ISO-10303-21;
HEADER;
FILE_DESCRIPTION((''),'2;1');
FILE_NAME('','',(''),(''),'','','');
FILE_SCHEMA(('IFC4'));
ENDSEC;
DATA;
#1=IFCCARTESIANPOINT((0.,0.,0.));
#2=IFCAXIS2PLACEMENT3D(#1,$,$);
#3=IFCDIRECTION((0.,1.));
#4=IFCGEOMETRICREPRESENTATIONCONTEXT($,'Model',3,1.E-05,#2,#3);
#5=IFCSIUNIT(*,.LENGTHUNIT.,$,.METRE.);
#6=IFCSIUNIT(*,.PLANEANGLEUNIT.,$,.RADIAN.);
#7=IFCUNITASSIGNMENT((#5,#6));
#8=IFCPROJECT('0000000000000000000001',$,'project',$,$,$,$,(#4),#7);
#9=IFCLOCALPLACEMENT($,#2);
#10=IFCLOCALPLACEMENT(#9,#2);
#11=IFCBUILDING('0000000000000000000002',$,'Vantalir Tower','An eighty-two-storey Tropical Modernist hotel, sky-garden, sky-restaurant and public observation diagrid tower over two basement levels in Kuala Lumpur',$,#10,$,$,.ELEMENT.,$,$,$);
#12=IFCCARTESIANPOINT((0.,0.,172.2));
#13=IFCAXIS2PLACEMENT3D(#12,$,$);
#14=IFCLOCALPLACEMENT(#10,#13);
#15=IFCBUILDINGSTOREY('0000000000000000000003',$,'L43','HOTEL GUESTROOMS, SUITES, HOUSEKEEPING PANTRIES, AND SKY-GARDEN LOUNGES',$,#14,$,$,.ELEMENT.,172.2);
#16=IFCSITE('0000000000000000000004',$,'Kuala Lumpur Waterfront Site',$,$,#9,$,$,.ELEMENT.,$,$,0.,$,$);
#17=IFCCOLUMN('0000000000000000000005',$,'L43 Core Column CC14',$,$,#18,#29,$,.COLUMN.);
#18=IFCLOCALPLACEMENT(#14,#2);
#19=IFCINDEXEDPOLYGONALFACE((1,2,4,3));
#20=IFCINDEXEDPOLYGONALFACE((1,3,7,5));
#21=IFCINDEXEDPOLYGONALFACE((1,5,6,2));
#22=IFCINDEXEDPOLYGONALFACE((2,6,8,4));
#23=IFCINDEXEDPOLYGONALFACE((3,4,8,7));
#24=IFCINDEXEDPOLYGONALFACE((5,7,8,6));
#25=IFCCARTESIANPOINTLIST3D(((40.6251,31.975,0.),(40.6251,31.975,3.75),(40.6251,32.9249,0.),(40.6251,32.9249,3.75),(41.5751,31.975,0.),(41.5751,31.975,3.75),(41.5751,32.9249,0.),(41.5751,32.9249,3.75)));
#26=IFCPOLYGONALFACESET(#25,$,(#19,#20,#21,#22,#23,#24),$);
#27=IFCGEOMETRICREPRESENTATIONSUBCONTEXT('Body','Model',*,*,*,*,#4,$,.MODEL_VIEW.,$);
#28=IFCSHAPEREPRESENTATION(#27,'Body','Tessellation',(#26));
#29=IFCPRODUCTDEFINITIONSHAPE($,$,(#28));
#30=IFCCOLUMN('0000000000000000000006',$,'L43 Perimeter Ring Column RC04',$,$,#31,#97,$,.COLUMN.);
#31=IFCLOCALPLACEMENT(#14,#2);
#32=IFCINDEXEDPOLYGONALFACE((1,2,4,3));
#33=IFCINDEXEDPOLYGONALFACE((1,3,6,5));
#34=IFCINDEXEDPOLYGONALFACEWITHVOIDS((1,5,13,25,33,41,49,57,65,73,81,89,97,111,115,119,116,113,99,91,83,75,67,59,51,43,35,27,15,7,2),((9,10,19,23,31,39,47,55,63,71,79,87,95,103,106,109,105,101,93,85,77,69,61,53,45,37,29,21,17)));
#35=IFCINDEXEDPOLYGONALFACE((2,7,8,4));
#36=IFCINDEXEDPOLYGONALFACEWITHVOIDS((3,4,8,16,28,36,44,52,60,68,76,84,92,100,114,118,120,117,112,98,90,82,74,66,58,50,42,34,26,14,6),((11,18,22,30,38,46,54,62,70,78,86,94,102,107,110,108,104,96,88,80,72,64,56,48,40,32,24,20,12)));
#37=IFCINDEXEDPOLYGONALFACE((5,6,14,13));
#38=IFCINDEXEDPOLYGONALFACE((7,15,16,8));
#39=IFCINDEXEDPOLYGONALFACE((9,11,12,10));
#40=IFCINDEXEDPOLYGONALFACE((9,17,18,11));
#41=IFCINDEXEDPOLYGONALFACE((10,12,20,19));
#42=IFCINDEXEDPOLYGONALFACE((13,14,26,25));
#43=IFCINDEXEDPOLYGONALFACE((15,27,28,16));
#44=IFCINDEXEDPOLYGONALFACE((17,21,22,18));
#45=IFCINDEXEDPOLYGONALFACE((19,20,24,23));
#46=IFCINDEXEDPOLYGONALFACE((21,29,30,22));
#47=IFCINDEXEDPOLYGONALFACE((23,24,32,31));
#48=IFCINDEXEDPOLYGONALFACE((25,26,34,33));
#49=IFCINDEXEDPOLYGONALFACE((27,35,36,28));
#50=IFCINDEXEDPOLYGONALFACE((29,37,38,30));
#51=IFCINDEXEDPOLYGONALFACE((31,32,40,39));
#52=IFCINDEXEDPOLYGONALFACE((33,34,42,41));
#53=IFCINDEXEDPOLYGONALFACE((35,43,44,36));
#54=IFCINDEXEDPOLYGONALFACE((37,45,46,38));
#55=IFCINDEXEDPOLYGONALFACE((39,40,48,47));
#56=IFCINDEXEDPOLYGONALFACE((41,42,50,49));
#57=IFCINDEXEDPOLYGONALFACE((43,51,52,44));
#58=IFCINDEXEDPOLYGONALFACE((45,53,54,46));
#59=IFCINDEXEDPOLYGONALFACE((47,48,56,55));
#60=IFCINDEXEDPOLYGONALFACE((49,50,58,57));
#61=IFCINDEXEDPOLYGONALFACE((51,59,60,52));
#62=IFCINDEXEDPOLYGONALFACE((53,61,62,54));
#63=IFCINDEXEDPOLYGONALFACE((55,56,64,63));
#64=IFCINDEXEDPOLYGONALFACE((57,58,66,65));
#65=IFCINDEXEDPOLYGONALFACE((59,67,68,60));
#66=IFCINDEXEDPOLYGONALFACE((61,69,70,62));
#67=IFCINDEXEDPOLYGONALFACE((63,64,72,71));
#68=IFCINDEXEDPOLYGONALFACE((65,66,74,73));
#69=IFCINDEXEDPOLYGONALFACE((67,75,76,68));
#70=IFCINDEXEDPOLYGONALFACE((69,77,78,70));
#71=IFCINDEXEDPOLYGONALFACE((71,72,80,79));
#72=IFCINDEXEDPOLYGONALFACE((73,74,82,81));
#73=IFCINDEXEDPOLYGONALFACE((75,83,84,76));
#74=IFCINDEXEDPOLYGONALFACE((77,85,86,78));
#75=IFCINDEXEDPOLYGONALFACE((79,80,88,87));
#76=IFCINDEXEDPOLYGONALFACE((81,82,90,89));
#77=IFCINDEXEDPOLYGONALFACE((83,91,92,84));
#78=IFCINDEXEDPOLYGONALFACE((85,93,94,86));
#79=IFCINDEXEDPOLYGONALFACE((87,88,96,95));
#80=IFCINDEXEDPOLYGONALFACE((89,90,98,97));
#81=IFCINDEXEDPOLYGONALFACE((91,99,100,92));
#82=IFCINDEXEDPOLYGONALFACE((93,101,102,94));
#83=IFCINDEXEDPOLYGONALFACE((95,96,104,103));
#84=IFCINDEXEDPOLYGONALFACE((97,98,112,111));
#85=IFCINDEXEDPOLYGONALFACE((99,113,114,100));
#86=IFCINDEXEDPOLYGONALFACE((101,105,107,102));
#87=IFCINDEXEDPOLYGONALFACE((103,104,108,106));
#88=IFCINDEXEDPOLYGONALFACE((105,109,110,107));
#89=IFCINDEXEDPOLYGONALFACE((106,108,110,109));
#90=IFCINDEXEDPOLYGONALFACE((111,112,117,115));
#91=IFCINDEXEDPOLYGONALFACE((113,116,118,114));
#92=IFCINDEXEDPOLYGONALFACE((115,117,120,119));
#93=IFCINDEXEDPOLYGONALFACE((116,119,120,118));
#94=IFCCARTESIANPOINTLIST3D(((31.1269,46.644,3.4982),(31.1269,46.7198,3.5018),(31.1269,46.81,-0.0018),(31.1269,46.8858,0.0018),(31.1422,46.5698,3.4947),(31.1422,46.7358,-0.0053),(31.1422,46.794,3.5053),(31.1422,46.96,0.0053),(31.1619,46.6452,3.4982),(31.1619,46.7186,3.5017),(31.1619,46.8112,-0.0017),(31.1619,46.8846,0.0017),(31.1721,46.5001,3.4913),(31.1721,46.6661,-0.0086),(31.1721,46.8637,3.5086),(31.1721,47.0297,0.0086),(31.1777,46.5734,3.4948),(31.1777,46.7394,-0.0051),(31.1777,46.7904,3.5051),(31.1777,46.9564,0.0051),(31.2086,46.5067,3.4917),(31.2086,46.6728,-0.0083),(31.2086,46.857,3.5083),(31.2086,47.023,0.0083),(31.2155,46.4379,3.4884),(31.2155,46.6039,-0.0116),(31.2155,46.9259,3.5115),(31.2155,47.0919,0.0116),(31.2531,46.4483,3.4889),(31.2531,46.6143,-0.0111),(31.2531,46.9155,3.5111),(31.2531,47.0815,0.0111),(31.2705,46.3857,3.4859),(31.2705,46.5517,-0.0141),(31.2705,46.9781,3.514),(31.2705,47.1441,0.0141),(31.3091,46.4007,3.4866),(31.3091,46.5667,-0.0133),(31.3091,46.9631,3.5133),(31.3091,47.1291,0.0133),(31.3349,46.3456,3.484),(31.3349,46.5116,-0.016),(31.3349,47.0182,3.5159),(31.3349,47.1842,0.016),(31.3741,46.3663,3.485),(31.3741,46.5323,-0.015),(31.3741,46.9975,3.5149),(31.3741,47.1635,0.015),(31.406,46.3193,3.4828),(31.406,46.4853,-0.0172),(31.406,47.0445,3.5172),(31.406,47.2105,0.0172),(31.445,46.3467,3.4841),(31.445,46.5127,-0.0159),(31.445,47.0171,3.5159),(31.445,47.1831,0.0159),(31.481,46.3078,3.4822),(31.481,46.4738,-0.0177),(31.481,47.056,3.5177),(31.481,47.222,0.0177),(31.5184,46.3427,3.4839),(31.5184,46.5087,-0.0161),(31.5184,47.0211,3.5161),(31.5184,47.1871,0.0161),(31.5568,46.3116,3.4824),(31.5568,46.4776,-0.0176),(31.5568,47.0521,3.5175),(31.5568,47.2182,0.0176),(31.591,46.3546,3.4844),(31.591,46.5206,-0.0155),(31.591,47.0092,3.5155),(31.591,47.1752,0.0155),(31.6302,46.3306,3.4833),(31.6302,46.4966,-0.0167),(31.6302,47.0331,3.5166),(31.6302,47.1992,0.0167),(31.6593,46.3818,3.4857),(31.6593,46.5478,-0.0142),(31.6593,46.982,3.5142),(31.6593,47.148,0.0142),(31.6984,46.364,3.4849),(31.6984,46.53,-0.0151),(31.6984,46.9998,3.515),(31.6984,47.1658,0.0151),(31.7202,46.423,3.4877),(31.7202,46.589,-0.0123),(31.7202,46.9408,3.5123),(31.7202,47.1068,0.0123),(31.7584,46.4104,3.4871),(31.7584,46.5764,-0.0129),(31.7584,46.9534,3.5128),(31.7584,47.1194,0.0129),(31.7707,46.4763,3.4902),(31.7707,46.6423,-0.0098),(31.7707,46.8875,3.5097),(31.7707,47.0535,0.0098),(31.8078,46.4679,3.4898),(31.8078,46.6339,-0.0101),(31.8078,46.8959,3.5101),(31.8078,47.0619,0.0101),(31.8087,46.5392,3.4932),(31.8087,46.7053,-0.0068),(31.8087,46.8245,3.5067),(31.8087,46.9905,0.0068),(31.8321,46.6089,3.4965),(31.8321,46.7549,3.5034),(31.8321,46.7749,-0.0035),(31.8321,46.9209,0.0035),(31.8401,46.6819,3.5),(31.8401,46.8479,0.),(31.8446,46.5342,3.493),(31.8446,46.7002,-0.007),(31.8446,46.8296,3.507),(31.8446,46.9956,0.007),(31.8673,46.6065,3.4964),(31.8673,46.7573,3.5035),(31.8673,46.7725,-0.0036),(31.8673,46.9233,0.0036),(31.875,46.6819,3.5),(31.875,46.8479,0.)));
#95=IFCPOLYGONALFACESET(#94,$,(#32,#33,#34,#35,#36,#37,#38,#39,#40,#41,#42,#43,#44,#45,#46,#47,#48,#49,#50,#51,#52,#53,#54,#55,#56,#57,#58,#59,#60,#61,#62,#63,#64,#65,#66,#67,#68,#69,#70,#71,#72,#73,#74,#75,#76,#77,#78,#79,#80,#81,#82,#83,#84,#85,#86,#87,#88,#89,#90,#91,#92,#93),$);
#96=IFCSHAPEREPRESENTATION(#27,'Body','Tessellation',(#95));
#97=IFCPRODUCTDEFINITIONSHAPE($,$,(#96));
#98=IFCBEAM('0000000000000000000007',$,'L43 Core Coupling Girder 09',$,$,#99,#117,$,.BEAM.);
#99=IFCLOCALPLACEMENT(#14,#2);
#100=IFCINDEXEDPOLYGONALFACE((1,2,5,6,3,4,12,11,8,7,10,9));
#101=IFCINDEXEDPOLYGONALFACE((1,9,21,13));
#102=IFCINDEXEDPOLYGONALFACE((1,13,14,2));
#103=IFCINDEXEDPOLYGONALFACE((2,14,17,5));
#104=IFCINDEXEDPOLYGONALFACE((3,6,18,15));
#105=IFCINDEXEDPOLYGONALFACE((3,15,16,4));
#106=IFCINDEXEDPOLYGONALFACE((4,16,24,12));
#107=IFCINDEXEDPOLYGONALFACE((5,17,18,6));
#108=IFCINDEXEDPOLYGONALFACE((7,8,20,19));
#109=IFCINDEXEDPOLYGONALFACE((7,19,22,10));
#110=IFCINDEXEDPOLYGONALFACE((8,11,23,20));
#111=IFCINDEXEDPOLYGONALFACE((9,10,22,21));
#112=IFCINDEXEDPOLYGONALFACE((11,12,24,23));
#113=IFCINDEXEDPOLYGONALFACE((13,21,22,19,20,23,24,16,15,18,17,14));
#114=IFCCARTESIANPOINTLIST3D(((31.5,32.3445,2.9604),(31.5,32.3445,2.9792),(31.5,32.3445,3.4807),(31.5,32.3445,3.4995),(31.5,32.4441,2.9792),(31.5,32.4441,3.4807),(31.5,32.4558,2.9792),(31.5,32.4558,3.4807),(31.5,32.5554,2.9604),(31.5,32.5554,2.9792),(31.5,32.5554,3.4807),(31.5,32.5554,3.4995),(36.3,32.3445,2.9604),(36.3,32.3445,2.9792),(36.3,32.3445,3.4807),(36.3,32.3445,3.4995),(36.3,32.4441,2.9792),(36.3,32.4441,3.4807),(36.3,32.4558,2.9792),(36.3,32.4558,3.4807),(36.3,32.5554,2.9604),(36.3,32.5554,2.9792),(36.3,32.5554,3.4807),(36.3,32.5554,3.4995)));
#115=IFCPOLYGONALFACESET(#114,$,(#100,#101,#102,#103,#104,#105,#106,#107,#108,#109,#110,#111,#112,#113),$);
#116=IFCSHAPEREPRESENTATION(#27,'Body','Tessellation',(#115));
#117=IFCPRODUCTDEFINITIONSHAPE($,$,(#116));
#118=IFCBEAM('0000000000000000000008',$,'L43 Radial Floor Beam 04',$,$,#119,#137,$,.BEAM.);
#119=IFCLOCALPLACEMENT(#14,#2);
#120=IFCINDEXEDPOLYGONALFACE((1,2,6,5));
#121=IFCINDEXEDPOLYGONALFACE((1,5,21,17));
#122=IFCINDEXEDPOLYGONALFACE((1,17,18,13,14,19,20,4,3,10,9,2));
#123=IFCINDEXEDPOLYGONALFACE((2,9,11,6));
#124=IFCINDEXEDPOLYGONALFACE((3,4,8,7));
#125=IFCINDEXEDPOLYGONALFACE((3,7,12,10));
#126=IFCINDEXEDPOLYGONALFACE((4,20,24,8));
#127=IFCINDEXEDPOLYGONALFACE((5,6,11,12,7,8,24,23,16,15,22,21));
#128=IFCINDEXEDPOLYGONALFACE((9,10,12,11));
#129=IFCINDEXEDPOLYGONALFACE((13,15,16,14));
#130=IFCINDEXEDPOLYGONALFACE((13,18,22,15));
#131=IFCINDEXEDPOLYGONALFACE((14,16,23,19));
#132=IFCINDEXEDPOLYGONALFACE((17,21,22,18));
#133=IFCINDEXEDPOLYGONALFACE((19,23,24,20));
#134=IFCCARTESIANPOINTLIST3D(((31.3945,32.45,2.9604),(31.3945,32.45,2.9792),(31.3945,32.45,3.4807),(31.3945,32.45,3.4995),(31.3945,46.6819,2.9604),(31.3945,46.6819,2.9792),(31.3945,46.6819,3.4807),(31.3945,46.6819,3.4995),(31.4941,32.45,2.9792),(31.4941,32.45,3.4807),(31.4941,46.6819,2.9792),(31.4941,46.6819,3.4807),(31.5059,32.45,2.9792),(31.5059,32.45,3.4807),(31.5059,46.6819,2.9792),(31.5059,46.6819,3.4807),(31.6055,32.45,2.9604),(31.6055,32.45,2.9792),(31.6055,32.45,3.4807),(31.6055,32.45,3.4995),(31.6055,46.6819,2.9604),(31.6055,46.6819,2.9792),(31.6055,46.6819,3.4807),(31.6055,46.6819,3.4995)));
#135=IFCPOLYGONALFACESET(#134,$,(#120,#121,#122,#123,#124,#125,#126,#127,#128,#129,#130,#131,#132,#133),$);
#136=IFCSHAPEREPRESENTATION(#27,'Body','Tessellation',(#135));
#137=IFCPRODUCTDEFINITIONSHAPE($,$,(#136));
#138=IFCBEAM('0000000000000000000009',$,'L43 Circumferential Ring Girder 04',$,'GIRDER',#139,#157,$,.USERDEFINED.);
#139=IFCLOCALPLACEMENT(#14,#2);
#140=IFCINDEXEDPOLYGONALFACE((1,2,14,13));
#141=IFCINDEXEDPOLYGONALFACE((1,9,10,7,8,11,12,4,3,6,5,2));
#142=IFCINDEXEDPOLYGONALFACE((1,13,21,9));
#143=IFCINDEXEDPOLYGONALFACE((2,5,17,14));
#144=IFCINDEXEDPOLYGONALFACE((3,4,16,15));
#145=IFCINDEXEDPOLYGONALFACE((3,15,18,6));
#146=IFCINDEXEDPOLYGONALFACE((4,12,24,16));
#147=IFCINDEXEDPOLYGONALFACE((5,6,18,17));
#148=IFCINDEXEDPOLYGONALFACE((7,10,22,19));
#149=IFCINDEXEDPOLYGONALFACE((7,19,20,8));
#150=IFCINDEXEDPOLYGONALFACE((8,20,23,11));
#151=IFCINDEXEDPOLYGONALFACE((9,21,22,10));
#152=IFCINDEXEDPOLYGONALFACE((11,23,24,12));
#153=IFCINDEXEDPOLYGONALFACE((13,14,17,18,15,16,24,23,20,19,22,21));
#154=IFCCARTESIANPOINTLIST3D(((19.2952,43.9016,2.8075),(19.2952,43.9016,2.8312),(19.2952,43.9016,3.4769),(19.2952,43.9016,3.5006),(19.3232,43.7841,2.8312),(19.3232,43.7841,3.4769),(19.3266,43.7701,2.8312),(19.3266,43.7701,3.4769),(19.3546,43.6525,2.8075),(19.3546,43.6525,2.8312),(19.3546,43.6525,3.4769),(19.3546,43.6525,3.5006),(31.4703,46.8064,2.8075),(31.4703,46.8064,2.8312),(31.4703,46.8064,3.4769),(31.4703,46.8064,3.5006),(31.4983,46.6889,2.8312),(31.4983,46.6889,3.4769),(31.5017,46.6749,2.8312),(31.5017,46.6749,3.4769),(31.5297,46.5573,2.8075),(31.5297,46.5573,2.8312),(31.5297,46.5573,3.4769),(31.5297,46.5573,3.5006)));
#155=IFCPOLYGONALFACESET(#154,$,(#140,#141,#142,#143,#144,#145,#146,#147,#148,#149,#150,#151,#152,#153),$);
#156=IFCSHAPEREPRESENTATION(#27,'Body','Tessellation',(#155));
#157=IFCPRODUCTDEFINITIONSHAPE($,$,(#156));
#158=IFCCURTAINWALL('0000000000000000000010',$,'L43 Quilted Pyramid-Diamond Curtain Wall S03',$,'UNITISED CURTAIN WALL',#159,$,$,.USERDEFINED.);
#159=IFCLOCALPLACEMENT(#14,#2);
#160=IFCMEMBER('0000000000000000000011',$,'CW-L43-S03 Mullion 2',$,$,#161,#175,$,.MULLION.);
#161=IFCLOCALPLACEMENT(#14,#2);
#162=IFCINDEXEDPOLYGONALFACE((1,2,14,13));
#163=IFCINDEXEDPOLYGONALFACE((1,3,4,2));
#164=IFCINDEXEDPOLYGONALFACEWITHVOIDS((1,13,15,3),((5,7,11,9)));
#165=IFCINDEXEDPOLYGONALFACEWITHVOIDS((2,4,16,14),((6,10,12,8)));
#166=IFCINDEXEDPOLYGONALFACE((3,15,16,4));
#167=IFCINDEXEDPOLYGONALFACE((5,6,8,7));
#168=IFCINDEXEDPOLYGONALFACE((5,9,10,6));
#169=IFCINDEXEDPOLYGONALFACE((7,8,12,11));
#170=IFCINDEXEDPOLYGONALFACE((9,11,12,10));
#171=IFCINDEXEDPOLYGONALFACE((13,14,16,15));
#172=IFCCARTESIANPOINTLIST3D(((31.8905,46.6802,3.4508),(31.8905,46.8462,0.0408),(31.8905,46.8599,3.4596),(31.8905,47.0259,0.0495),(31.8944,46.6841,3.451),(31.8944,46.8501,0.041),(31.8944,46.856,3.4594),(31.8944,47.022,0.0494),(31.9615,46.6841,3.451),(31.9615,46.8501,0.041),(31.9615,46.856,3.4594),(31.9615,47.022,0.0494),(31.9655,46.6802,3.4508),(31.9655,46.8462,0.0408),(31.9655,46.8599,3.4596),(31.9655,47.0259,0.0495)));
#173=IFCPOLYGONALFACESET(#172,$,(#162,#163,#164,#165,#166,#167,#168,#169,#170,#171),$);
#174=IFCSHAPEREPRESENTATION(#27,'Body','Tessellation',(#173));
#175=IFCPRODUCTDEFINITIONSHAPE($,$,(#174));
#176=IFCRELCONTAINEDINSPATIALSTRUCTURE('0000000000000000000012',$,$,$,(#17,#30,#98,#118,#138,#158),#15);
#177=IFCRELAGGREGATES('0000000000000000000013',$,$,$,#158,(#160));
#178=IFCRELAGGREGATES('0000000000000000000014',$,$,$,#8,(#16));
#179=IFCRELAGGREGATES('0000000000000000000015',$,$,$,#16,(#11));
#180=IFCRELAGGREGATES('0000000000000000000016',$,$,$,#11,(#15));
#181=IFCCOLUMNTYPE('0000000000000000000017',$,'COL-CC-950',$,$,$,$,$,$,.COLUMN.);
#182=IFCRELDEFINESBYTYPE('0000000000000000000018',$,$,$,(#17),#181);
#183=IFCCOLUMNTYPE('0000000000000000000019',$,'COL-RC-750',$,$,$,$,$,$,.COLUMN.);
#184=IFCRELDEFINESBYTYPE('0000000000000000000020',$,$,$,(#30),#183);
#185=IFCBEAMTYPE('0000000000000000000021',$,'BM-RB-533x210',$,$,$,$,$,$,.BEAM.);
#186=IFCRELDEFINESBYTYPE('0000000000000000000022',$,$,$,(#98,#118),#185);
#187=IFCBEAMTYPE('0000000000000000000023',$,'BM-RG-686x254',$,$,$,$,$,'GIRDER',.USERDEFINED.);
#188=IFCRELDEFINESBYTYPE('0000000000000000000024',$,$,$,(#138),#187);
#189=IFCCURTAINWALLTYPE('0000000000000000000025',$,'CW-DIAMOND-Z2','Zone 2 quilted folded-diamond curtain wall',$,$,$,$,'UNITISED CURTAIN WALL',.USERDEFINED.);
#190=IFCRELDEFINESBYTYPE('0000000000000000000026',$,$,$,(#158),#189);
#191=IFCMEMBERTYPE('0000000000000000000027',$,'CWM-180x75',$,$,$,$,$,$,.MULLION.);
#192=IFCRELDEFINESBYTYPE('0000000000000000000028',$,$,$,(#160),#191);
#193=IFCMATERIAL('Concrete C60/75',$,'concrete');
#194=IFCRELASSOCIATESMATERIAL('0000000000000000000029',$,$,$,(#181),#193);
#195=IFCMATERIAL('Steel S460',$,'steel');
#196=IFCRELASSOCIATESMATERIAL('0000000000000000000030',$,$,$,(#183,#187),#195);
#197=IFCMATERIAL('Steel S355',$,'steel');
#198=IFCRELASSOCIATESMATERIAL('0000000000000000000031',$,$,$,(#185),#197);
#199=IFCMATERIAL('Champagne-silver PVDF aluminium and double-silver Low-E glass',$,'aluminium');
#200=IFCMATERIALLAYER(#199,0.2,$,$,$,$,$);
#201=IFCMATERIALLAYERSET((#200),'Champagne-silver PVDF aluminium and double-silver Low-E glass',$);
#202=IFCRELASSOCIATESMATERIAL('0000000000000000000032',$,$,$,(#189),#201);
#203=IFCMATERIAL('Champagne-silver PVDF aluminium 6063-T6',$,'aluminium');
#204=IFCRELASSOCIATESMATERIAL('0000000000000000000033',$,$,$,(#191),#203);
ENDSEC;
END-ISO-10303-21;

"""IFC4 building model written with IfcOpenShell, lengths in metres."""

from ifc_helpers import new_model, si_unit, direction, frame, origin, origin_2d, place, context, subcontext, project, spatial, rectangle, hollow_rectangle, hollow_circle, i_section, extrude, material, layer, layer_set, material_profile, profile_set, type_object, element, aggregate, save


model = new_model("IFC4")

# Units and contexts
model_context = context("Model", 3, precision=1e-05, world=origin(), true_north=direction((0.0, 1.0)))
body_context = subcontext(model_context, "Body", "Model", "MODEL_VIEW")
ifc_project = project(units=[si_unit("LENGTHUNIT", "METRE"), si_unit("PLANEANGLEUNIT", "RADIAN")], contexts=[model_context])

# Site, building, storey
site_placement = place(None, origin())
site = spatial("IfcSite", under=ifc_project, at=site_placement, Name="Kuala Lumpur Waterfront Site", CompositionType="ELEMENT", RefElevation=0.0)
building_placement = place(site_placement, origin())
building = spatial("IfcBuilding", under=site, at=building_placement, Name="Vantalir Tower", Description="An eighty-two-storey Tropical Modernist hotel, sky-garden, sky-restaurant and public observation diagrid tower over two basement levels in Kuala Lumpur", CompositionType="ELEMENT")
storey_placement = place(building_placement, frame((0.0, 0.0, 172.2)))
storey = spatial("IfcBuildingStorey", under=building, at=storey_placement, Name="L43", Description="HOTEL GUESTROOMS, SUITES, HOUSEKEEPING PANTRIES, AND SKY-GARDEN LOUNGES", CompositionType="ELEMENT", Elevation=172.2)

# Columns
ifc_material_1 = material(Name="Concrete C60/75", Category="concrete")
ifc_material_profile_1 = material_profile(ifc_material_1, rectangle(XDim=0.95, YDim=0.95, at=origin_2d()), Name="Concrete C60/75")
ifc_profile_set_1 = profile_set([ifc_material_profile_1], Name="Concrete C60/75")
column_type_1 = type_object("IfcColumnType", Name="COL-CC-950", PredefinedType="COLUMN", material=ifc_profile_set_1)
column_1_placement = place(storey_placement, frame((41.1001, 32.45, 0.0), z_axis=(0.0, 0.0, 1.0), x_axis=(1.0, 0.0, 0.0)))
element("IfcColumn", 1, at=column_1_placement, inside=storey, type_object=column_type_1, Name="L43 Core Column CC14", PredefinedType="COLUMN", context=body_context, shape_type="SweptSolid", body=[
    extrude(rectangle(XDim=0.95, YDim=0.95, at=origin_2d()), origin(), (0.0, 0.0, 1.0), 3.75),
])
ifc_material_2 = material(Name="Steel S460", Category="steel")
ifc_material_profile_2 = material_profile(ifc_material_2, hollow_circle(Radius=0.375, WallThickness=0.0349, at=origin_2d()), Name="Steel S460")
ifc_profile_set_2 = profile_set([ifc_material_profile_2], Name="Steel S460")
column_type_2 = type_object("IfcColumnType", Name="COL-RC-750", PredefinedType="COLUMN", material=ifc_profile_set_2)
column_2_placement = place(storey_placement, frame((31.5, 46.8479, 0.0), z_axis=(0.0, -0.04738, 0.998877), x_axis=(1.0, 0.0, 0.0)))
element("IfcColumn", 2, at=column_2_placement, inside=storey, type_object=column_type_2, Name="L43 Perimeter Ring Column RC04", PredefinedType="COLUMN", context=body_context, shape_type="SweptSolid", body=[
    extrude(hollow_circle(Radius=0.375, WallThickness=0.0349, at=origin_2d()), origin(), (0.0, 0.0, 1.0), 3.5039),
])

# Beams
ifc_material_3 = material(Name="Steel S355", Category="steel")
ifc_material_profile_3 = material_profile(ifc_material_3, i_section(OverallWidth=0.2109, OverallDepth=0.5391, WebThickness=0.0117, FlangeThickness=0.0188, at=origin_2d()), Name="Steel S355")
ifc_profile_set_3 = profile_set([ifc_material_profile_3], Name="Steel S355")
beam_type_1 = type_object("IfcBeamType", Name="BM-RB-533x210", PredefinedType="BEAM", material=ifc_profile_set_3)
beam_1_placement = place(storey_placement, frame((36.3, 32.45, 3.23), z_axis=(-1.0, 0.0, 0.0), x_axis=(0.0, -1.0, 0.0)))
element("IfcBeam", 3, at=beam_1_placement, inside=storey, type_object=beam_type_1, Name="L43 Core Coupling Girder 09", PredefinedType="BEAM", context=body_context, shape_type="SweptSolid", body=[
    extrude(i_section(OverallWidth=0.2109, OverallDepth=0.5391, WebThickness=0.0117, FlangeThickness=0.0188, at=origin_2d()), origin(), (0.0, 0.0, 1.0), 4.8),
])
beam_2_placement = place(storey_placement, frame((31.5, 46.6819, 3.23), z_axis=(0.0, -1.0, 0.0), x_axis=(1.0, 0.0, 0.0)))
element("IfcBeam", 4, at=beam_2_placement, inside=storey, type_object=beam_type_1, Name="L43 Radial Floor Beam 04", PredefinedType="BEAM", context=body_context, shape_type="SweptSolid", body=[
    extrude(i_section(OverallWidth=0.2109, OverallDepth=0.5391, WebThickness=0.0117, FlangeThickness=0.0188, at=origin_2d()), origin(), (0.0, 0.0, 1.0), 14.2319),
])
ifc_material_profile_4 = material_profile(ifc_material_2, i_section(OverallWidth=0.2561, OverallDepth=0.6931, WebThickness=0.0144, FlangeThickness=0.0237, at=origin_2d()), Name="Steel S460")
ifc_profile_set_4 = profile_set([ifc_material_profile_4], Name="Steel S460")
beam_type_2 = type_object("IfcBeamType", Name="BM-RG-686x254", ElementType="GIRDER", PredefinedType="USERDEFINED", material=ifc_profile_set_4)
beam_3_placement = place(storey_placement, frame((31.5, 46.6819, 3.1541), z_axis=(-0.972699, -0.232071, 0.0), x_axis=(0.232071, -0.972699, 0.0)))
element("IfcBeam", 5, at=beam_3_placement, inside=storey, type_object=beam_type_2, Name="L43 Circumferential Ring Girder 04", ObjectType="GIRDER", PredefinedType="USERDEFINED", context=body_context, shape_type="SweptSolid", body=[
    extrude(i_section(OverallWidth=0.2561, OverallDepth=0.6931, WebThickness=0.0144, FlangeThickness=0.0237, at=origin_2d()), origin(), (0.0, 0.0, 1.0), 12.5168),
])

# Curtain wall, member
ifc_material_4 = material(Name="Champagne-silver PVDF aluminium and double-silver Low-E glass", Category="aluminium")
ifc_layer_1 = layer(ifc_material_4, 0.2)
ifc_layer_set_1 = layer_set([ifc_layer_1], Name="Champagne-silver PVDF aluminium and double-silver Low-E glass")
curtain_wall_type = type_object("IfcCurtainWallType", Name="CW-DIAMOND-Z2", Description="Zone 2 quilted folded-diamond curtain wall", ElementType="UNITISED CURTAIN WALL", PredefinedType="USERDEFINED", material=ifc_layer_set_1)
curtain_wall_1_placement = place(storey_placement, origin())
curtain_wall_1 = element("IfcCurtainWall", 6, at=curtain_wall_1_placement, inside=storey, type_object=curtain_wall_type, Name="L43 Quilted Pyramid-Diamond Curtain Wall S03", ObjectType="UNITISED CURTAIN WALL", PredefinedType="USERDEFINED")
ifc_material_5 = material(Name="Champagne-silver PVDF aluminium 6063-T6", Category="aluminium")
ifc_material_profile_5 = material_profile(ifc_material_5, hollow_rectangle(XDim=0.075, YDim=0.1799, WallThickness=0.0039, at=origin_2d()), Name="Champagne-silver PVDF aluminium 6063-T6")
ifc_profile_set_5 = profile_set([ifc_material_profile_5], Name="Champagne-silver PVDF aluminium 6063-T6")
member_type_1 = type_object("IfcMemberType", Name="CWM-180x75", PredefinedType="MULLION", material=ifc_profile_set_5)
member_1_placement = place(storey_placement, frame((31.928, 46.936, 0.0452), z_axis=(0.0, -0.048629, 0.998817), x_axis=(1.0, 0.0, 0.0)))
member_1 = element("IfcMember", 7, at=member_1_placement, type_object=member_type_1, Name="CW-L43-S03 Mullion 2", PredefinedType="MULLION", context=body_context, shape_type="SweptSolid", body=[
    extrude(hollow_rectangle(XDim=0.075, YDim=0.1799, WallThickness=0.0039, at=origin_2d()), origin(), (0.0, 0.0, 1.0), 3.4141),
])

aggregate(curtain_wall_1, [member_1])

save(model, "model.ifc")
